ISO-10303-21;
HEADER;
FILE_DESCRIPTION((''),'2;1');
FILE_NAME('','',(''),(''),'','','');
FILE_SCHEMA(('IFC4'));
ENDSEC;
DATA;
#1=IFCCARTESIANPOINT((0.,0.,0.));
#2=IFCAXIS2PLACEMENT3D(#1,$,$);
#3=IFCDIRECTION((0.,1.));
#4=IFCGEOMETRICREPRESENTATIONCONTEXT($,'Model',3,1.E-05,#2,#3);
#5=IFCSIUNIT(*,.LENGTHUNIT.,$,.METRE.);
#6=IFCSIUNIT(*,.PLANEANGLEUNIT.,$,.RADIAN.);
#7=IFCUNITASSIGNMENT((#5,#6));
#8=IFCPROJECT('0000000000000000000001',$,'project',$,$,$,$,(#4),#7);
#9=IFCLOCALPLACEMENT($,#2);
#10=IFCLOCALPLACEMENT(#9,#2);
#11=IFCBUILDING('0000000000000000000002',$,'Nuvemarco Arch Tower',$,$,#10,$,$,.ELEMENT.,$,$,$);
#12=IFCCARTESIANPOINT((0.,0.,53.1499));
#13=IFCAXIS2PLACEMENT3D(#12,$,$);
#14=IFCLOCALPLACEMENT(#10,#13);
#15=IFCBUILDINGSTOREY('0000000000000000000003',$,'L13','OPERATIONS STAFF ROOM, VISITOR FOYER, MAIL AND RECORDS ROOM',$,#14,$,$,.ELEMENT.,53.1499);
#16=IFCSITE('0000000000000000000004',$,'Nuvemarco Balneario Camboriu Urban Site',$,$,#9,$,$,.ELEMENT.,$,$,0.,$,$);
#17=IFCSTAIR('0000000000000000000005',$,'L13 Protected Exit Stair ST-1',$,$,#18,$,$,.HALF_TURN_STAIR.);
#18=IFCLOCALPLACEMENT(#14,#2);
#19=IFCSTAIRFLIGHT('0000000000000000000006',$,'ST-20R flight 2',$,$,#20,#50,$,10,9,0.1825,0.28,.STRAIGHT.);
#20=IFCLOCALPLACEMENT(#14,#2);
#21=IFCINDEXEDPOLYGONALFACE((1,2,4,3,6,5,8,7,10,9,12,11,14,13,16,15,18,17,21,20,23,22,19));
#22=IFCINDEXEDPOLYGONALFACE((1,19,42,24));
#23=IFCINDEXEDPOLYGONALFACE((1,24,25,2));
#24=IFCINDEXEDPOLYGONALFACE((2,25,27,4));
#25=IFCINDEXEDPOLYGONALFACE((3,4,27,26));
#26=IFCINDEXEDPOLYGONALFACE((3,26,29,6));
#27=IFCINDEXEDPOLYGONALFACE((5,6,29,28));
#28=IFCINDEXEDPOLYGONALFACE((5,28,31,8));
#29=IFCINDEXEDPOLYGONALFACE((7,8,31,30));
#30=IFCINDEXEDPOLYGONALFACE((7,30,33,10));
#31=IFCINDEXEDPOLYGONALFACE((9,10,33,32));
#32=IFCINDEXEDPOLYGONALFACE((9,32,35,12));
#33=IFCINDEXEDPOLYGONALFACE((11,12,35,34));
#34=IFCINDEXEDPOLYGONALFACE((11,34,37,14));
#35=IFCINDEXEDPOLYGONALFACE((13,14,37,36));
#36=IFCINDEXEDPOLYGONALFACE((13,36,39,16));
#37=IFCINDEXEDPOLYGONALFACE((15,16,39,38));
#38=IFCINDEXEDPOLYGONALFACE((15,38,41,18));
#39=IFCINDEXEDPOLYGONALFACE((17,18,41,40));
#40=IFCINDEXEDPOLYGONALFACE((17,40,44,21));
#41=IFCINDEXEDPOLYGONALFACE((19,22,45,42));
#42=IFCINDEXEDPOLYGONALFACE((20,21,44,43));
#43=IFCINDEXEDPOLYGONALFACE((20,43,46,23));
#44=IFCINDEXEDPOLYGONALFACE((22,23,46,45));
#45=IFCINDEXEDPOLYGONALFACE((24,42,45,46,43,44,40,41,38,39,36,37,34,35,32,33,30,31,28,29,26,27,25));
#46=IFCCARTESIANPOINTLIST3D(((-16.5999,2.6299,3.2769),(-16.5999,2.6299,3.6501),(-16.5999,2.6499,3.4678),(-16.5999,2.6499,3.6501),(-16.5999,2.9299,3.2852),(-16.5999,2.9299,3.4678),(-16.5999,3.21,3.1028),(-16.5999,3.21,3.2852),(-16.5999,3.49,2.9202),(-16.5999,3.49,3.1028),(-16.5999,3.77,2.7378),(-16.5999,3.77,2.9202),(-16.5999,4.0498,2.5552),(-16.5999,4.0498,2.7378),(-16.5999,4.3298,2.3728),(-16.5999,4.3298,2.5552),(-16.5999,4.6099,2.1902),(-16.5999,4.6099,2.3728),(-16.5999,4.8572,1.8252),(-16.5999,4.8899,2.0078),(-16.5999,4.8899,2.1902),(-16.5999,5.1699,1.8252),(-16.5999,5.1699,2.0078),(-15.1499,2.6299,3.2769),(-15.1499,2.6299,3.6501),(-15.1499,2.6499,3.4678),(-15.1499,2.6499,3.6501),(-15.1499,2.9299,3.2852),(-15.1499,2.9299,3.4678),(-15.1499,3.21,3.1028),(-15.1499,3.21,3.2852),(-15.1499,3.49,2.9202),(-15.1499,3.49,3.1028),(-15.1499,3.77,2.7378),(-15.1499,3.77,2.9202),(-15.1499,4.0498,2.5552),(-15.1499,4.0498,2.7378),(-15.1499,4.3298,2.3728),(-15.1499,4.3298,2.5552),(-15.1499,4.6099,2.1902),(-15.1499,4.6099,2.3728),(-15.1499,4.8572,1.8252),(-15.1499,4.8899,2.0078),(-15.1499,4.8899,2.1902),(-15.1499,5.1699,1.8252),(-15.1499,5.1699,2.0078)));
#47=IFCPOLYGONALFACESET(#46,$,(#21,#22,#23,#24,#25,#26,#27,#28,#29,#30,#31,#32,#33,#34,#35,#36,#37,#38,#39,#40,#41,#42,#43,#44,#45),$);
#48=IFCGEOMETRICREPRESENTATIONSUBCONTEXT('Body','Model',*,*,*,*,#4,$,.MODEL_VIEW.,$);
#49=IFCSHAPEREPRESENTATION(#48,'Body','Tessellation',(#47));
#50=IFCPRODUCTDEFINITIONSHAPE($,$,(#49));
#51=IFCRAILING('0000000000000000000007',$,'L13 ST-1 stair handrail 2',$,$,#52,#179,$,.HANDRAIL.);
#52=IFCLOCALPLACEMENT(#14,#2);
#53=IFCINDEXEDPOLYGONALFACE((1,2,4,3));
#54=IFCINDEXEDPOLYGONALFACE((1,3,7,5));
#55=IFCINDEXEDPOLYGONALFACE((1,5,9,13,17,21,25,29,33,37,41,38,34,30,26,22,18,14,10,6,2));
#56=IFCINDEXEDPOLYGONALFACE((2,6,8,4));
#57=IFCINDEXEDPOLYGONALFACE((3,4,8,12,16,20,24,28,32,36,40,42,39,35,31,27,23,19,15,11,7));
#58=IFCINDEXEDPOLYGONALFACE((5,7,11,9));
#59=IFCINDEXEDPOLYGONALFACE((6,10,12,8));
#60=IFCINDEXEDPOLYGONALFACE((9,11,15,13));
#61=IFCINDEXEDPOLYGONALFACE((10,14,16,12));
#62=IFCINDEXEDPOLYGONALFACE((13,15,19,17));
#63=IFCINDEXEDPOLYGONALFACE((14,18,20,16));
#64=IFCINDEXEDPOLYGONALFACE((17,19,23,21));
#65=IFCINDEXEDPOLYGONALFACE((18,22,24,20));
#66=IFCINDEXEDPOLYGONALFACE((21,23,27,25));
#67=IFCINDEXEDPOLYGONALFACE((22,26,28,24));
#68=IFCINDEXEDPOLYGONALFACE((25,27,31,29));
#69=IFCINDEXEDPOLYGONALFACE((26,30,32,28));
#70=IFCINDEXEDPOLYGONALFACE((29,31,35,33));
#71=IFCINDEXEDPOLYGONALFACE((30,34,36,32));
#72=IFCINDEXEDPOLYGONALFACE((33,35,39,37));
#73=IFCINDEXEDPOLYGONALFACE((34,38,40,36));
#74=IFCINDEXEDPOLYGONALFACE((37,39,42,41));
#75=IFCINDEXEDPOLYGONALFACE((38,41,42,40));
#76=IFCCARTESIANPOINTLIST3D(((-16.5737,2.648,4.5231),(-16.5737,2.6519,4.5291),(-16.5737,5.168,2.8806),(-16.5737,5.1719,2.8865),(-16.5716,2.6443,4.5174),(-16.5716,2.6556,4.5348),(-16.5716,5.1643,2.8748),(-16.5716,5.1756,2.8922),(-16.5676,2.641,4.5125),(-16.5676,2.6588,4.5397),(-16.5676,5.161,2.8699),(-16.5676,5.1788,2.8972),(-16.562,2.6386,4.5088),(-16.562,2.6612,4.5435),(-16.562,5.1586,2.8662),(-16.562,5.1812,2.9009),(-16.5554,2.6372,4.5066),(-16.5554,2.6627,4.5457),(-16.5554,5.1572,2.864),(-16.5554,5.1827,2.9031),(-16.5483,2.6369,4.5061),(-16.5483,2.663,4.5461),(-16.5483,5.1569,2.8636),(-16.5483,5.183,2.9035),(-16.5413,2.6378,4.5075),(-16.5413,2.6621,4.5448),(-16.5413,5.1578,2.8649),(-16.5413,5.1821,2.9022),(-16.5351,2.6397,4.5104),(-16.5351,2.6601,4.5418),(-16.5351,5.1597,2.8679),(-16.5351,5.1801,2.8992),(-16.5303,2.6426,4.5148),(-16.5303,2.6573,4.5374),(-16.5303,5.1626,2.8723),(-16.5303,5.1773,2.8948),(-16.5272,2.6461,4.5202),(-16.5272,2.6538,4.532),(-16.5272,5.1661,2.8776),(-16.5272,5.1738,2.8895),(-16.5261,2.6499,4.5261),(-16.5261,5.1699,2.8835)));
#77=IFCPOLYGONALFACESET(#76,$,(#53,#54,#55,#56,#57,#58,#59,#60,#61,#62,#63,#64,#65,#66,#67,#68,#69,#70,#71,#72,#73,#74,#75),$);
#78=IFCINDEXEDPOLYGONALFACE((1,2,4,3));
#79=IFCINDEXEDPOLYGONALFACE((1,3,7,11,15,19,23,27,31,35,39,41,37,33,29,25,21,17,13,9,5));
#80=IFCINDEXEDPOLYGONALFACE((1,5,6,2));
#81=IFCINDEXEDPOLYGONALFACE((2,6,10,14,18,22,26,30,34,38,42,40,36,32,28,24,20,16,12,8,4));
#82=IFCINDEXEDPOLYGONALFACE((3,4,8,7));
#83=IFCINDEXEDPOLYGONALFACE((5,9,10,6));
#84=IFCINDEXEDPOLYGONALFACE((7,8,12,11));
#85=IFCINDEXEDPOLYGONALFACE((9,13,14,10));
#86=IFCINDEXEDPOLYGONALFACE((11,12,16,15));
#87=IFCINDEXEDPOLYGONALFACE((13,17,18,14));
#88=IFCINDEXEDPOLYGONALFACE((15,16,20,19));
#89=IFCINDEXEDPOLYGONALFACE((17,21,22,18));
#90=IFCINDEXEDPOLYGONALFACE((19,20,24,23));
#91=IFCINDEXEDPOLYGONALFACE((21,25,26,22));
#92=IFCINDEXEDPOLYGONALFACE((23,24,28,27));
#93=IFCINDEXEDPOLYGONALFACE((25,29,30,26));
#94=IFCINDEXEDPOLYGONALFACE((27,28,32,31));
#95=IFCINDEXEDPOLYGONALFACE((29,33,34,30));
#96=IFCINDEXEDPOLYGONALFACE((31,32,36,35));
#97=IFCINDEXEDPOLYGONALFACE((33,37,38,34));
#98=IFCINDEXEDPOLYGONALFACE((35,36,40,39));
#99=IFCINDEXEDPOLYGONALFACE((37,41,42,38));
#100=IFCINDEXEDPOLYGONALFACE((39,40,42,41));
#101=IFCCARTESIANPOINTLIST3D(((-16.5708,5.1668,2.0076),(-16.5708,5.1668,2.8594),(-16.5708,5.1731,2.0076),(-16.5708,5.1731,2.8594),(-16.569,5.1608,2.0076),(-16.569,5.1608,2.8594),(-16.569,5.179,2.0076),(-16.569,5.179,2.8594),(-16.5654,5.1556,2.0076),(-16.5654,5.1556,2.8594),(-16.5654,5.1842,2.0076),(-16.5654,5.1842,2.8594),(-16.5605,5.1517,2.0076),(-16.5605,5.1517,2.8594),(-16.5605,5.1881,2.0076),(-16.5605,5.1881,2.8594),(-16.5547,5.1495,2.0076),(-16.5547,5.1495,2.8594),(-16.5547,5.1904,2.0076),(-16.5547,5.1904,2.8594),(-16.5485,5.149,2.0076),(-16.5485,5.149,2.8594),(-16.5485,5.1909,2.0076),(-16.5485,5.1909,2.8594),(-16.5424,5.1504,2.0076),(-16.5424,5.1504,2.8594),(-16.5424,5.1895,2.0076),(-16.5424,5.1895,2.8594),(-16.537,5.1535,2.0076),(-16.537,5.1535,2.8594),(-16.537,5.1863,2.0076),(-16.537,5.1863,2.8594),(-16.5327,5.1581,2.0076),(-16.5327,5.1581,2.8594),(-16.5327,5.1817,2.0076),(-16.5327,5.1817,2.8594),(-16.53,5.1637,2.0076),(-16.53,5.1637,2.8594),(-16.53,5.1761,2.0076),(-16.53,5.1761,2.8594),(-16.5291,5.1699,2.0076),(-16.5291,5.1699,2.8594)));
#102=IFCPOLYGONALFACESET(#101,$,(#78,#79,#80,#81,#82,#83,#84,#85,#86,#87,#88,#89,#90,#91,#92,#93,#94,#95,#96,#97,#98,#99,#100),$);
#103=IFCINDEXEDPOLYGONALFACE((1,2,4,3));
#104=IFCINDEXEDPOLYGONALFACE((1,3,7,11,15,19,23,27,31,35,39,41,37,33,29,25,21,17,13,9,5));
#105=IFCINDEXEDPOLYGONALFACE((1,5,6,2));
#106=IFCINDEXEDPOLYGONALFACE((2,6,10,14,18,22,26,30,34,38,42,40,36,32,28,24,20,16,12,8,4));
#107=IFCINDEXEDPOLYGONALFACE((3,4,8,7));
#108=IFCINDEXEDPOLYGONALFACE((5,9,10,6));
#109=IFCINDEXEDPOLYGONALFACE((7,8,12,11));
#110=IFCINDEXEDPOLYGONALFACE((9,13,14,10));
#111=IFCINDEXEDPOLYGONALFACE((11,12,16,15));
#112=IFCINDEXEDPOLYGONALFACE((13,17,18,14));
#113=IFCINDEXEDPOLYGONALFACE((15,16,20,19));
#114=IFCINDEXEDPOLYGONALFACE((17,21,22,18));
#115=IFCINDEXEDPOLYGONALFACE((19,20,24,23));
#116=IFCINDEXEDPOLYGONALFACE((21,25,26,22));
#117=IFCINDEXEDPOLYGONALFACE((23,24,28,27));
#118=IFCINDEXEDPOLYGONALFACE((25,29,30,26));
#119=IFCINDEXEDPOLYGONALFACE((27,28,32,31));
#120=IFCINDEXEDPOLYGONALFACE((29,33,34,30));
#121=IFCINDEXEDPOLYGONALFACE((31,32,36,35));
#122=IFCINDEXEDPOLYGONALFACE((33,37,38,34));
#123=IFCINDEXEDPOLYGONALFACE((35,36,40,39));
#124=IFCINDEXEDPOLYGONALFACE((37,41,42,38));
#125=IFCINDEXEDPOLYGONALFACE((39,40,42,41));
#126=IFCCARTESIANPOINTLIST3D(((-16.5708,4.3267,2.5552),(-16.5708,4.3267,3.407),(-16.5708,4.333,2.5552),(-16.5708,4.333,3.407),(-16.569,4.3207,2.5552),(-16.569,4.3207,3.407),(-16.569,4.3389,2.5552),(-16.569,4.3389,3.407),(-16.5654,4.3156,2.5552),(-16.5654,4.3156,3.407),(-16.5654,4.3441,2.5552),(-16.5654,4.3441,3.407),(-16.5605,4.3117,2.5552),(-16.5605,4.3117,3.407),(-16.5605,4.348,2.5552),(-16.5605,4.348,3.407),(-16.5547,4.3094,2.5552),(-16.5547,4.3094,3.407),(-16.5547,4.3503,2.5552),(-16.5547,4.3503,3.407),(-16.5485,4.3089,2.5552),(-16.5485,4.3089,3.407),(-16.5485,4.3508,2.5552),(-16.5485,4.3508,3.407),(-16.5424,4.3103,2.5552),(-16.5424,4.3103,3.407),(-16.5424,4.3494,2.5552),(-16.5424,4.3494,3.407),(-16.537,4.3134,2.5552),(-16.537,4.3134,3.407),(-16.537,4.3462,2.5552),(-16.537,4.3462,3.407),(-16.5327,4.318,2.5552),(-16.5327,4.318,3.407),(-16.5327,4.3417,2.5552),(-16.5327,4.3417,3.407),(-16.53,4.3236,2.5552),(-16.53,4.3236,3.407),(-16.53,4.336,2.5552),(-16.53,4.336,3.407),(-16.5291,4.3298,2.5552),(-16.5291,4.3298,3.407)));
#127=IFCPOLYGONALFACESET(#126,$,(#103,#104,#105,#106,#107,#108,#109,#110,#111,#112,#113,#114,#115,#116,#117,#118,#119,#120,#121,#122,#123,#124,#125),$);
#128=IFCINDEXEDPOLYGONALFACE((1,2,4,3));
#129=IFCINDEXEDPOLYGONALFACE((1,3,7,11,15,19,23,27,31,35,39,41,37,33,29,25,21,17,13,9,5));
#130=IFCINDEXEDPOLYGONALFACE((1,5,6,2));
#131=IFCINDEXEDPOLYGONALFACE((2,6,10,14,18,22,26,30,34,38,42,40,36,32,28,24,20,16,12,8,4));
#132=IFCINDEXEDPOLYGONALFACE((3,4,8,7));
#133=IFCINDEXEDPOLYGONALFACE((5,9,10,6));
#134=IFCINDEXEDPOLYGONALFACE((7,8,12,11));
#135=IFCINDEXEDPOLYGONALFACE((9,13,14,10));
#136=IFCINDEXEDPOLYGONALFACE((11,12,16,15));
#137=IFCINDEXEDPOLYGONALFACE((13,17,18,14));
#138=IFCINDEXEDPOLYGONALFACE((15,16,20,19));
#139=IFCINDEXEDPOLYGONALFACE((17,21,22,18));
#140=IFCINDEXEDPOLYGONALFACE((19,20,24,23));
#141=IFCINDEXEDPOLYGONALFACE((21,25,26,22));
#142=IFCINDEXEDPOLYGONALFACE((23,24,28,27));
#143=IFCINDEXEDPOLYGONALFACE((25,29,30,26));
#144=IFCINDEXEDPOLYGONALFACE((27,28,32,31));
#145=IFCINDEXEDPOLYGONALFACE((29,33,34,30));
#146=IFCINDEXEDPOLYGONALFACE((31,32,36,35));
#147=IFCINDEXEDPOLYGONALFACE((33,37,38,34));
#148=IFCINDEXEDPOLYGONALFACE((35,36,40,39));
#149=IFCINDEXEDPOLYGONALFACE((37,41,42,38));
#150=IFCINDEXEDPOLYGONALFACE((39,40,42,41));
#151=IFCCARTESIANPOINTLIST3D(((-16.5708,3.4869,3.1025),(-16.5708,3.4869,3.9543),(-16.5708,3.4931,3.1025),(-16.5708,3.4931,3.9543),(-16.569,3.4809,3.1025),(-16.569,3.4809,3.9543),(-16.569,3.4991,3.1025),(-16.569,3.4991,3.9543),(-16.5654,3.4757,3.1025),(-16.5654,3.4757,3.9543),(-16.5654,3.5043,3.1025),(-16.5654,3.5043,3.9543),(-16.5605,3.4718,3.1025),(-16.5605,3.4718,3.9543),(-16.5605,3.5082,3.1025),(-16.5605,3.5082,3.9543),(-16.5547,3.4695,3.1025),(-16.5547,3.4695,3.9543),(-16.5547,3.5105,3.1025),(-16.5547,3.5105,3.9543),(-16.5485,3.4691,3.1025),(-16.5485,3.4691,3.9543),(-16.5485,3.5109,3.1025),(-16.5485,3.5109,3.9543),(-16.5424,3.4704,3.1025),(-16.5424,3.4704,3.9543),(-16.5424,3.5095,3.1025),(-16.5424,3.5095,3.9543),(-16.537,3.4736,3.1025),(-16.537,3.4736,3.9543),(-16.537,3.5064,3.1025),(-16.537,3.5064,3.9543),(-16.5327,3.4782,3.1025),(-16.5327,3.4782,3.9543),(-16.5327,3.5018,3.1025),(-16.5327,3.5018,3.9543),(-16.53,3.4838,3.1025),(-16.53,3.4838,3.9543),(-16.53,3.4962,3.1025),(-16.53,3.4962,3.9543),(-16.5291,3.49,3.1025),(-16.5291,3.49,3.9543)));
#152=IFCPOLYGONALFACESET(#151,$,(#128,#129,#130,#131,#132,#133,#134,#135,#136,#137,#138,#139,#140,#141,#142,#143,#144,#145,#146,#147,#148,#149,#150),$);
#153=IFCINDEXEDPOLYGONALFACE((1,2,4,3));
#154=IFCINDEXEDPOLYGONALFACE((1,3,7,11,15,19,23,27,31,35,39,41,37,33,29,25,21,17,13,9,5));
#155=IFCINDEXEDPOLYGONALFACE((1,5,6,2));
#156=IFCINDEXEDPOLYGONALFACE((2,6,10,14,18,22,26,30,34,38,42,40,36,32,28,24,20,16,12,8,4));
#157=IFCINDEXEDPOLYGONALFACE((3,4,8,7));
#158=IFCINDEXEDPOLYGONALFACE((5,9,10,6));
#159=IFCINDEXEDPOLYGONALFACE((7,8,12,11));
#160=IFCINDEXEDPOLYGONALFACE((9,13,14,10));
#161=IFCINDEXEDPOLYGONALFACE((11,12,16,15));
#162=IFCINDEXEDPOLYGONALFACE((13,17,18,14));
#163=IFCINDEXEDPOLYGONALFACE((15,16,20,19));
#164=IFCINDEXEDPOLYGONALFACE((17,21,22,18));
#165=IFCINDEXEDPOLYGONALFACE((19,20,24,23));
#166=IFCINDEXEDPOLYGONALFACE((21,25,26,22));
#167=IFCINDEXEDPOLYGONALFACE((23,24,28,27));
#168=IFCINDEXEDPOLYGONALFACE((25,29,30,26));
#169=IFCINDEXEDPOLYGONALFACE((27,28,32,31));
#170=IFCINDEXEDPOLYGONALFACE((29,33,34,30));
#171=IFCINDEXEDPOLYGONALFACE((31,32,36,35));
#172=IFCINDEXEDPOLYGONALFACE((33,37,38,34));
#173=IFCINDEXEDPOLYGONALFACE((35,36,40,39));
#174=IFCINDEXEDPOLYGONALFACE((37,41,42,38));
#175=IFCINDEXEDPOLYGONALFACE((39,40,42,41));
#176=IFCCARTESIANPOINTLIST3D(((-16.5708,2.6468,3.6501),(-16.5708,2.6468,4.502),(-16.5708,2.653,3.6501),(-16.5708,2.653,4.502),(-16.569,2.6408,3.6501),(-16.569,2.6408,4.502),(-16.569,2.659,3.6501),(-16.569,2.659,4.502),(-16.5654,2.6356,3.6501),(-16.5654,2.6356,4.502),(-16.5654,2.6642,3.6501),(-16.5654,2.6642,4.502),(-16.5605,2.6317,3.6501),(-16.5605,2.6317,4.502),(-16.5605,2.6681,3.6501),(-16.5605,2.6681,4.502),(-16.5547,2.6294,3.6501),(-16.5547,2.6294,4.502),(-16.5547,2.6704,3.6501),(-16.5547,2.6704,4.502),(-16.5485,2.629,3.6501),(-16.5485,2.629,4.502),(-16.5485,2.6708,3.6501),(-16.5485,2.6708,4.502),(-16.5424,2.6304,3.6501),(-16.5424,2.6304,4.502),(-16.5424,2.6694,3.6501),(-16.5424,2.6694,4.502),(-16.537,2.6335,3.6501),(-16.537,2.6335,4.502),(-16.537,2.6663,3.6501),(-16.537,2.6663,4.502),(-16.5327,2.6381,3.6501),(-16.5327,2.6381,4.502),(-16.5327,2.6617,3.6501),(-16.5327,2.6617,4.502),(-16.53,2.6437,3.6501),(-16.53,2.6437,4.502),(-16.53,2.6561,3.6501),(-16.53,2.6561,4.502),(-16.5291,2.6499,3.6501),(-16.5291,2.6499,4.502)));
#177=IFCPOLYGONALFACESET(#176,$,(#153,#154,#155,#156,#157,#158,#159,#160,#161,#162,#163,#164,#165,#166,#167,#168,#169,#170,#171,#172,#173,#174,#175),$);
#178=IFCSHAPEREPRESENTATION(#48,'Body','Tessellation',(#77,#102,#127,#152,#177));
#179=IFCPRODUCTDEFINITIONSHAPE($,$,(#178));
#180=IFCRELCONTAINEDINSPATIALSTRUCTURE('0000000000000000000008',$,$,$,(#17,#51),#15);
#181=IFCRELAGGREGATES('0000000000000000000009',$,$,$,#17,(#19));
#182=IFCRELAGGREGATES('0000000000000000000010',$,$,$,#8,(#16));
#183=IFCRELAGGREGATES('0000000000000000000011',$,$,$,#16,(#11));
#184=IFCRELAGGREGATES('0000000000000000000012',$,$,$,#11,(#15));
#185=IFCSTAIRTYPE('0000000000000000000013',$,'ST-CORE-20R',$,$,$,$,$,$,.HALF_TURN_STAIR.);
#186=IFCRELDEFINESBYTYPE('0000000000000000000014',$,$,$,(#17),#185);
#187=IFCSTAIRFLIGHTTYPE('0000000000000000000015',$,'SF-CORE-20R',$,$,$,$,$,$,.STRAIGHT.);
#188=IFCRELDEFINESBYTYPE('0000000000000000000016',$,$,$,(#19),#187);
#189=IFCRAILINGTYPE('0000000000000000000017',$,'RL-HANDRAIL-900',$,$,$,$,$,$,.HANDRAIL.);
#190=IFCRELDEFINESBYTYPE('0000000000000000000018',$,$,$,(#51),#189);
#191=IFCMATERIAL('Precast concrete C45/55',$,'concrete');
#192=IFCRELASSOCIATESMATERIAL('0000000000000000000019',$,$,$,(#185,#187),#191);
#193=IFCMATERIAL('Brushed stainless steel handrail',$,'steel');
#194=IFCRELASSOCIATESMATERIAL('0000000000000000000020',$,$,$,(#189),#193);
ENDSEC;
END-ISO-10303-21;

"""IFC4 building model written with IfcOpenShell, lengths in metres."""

from ifc_helpers import new_model, si_unit, direction, frame, origin, origin_2d, place, context, subcontext, project, spatial, polyline, circle, outline, extrude, material, type_object, element, aggregate, save


model = new_model("IFC4")

# Units and contexts
model_context = context("Model", 3, precision=1e-05, world=origin(), true_north=direction((0.0, 1.0)))
body_context = subcontext(model_context, "Body", "Model", "MODEL_VIEW")
ifc_project = project(units=[si_unit("LENGTHUNIT", "METRE"), si_unit("PLANEANGLEUNIT", "RADIAN")], contexts=[model_context])

# Site, building, storey
site_placement = place(None, origin())
site = spatial("IfcSite", under=ifc_project, at=site_placement, Name="Nuvemarco Balneario Camboriu Urban Site", CompositionType="ELEMENT", RefElevation=0.0)
building_placement = place(site_placement, origin())
building = spatial("IfcBuilding", under=site, at=building_placement, Name="Nuvemarco Arch Tower", CompositionType="ELEMENT")
storey_placement = place(building_placement, frame((0.0, 0.0, 53.1499)))
storey = spatial("IfcBuildingStorey", under=building, at=storey_placement, Name="L13", Description="OPERATIONS STAFF ROOM, VISITOR FOYER, MAIL AND RECORDS ROOM", CompositionType="ELEMENT", Elevation=53.1499)

# Shared definitions
ifc_material_1 = material(Name="Precast concrete C45/55", Category="concrete")

# Stair, stair flight
stair_type = type_object("IfcStairType", Name="ST-CORE-20R", PredefinedType="HALF_TURN_STAIR", material=ifc_material_1)
stair_placement = place(storey_placement, origin())
stair = element("IfcStair", 1, at=stair_placement, inside=storey, type_object=stair_type, Name="L13 Protected Exit Stair ST-1", PredefinedType="HALF_TURN_STAIR")
stair_flight_type = type_object("IfcStairFlightType", Name="SF-CORE-20R", PredefinedType="STRAIGHT", material=ifc_material_1)
stair_flight_placement = place(storey_placement, frame((-15.875, 5.1699, 1.8252), z_axis=(0.0, 0.0, 1.0), x_axis=(0.0, -1.0, 0.0)))
stair_flight = element("IfcStairFlight", 2, at=stair_flight_placement, type_object=stair_flight_type, Name="ST-20R flight 2", NumberOfRisers=10, NumberOfTreads=9, PredefinedType="STRAIGHT", RiserHeight=0.1825, TreadLength=0.28, context=body_context, shape_type="SweptSolid", body=[
    extrude(outline(polyline([(0.0, 0.0), (0.0, 0.1826), (0.28, 0.1826), (0.28, 0.365), (0.5601, 0.365), (0.5601, 0.5476), (0.8401, 0.5476), (0.8401, 0.73), (1.1201, 0.73), (1.1201, 0.9126), (1.3999, 0.9126), (1.3999, 1.095), (1.6799, 1.095), (1.6799, 1.2776), (1.96, 1.2776), (1.96, 1.46), (2.24, 1.46), (2.24, 1.6426), (2.52, 1.6426), (2.52, 1.825), (2.54, 1.825), (2.54, 1.4517), (0.3127, 0.0), (0.0, 0.0)])), frame((0.0, 0.7251, 0.0), z_axis=(0.0, -1.0, 0.0), x_axis=(1.0, 0.0, 0.0)), (0.0, 0.0, 1.0), 1.45),
])
aggregate(stair, [stair_flight])

# Railing
ifc_material_2 = material(Name="Brushed stainless steel handrail", Category="steel")
railing_type_1 = type_object("IfcRailingType", Name="RL-HANDRAIL-900", PredefinedType="HANDRAIL", material=ifc_material_2)
railing_1_placement = place(storey_placement, frame((-16.55, 5.1699, 2.0076)))
element("IfcRailing", 3, at=railing_1_placement, inside=storey, type_object=railing_type_1, Name="L13 ST-1 stair handrail 2", PredefinedType="HANDRAIL", context=body_context, shape_type="SweptSolid", body=[
    extrude(circle(Radius=0.0239, at=origin_2d()), frame((0.0, 0.0, 0.876), z_axis=(0.0, -0.837749, 0.546055), x_axis=(1.0, 0.0, 0.0)), (0.0, 0.0, 1.0), 3.0081),
    extrude(circle(Radius=0.021, at=origin_2d()), origin(), (0.0, 0.0, 1.0), 0.8518),
    extrude(circle(Radius=0.021, at=origin_2d()), frame((0.0, -0.8401, 0.5476)), (0.0, 0.0, 1.0), 0.8518),
    extrude(circle(Radius=0.021, at=origin_2d()), frame((0.0, -1.6799, 1.095)), (0.0, 0.0, 1.0), 0.8518),
    extrude(circle(Radius=0.021, at=origin_2d()), frame((0.0, -2.52, 1.6426)), (0.0, 0.0, 1.0), 0.8518),
])

save(model, "model.ifc")
